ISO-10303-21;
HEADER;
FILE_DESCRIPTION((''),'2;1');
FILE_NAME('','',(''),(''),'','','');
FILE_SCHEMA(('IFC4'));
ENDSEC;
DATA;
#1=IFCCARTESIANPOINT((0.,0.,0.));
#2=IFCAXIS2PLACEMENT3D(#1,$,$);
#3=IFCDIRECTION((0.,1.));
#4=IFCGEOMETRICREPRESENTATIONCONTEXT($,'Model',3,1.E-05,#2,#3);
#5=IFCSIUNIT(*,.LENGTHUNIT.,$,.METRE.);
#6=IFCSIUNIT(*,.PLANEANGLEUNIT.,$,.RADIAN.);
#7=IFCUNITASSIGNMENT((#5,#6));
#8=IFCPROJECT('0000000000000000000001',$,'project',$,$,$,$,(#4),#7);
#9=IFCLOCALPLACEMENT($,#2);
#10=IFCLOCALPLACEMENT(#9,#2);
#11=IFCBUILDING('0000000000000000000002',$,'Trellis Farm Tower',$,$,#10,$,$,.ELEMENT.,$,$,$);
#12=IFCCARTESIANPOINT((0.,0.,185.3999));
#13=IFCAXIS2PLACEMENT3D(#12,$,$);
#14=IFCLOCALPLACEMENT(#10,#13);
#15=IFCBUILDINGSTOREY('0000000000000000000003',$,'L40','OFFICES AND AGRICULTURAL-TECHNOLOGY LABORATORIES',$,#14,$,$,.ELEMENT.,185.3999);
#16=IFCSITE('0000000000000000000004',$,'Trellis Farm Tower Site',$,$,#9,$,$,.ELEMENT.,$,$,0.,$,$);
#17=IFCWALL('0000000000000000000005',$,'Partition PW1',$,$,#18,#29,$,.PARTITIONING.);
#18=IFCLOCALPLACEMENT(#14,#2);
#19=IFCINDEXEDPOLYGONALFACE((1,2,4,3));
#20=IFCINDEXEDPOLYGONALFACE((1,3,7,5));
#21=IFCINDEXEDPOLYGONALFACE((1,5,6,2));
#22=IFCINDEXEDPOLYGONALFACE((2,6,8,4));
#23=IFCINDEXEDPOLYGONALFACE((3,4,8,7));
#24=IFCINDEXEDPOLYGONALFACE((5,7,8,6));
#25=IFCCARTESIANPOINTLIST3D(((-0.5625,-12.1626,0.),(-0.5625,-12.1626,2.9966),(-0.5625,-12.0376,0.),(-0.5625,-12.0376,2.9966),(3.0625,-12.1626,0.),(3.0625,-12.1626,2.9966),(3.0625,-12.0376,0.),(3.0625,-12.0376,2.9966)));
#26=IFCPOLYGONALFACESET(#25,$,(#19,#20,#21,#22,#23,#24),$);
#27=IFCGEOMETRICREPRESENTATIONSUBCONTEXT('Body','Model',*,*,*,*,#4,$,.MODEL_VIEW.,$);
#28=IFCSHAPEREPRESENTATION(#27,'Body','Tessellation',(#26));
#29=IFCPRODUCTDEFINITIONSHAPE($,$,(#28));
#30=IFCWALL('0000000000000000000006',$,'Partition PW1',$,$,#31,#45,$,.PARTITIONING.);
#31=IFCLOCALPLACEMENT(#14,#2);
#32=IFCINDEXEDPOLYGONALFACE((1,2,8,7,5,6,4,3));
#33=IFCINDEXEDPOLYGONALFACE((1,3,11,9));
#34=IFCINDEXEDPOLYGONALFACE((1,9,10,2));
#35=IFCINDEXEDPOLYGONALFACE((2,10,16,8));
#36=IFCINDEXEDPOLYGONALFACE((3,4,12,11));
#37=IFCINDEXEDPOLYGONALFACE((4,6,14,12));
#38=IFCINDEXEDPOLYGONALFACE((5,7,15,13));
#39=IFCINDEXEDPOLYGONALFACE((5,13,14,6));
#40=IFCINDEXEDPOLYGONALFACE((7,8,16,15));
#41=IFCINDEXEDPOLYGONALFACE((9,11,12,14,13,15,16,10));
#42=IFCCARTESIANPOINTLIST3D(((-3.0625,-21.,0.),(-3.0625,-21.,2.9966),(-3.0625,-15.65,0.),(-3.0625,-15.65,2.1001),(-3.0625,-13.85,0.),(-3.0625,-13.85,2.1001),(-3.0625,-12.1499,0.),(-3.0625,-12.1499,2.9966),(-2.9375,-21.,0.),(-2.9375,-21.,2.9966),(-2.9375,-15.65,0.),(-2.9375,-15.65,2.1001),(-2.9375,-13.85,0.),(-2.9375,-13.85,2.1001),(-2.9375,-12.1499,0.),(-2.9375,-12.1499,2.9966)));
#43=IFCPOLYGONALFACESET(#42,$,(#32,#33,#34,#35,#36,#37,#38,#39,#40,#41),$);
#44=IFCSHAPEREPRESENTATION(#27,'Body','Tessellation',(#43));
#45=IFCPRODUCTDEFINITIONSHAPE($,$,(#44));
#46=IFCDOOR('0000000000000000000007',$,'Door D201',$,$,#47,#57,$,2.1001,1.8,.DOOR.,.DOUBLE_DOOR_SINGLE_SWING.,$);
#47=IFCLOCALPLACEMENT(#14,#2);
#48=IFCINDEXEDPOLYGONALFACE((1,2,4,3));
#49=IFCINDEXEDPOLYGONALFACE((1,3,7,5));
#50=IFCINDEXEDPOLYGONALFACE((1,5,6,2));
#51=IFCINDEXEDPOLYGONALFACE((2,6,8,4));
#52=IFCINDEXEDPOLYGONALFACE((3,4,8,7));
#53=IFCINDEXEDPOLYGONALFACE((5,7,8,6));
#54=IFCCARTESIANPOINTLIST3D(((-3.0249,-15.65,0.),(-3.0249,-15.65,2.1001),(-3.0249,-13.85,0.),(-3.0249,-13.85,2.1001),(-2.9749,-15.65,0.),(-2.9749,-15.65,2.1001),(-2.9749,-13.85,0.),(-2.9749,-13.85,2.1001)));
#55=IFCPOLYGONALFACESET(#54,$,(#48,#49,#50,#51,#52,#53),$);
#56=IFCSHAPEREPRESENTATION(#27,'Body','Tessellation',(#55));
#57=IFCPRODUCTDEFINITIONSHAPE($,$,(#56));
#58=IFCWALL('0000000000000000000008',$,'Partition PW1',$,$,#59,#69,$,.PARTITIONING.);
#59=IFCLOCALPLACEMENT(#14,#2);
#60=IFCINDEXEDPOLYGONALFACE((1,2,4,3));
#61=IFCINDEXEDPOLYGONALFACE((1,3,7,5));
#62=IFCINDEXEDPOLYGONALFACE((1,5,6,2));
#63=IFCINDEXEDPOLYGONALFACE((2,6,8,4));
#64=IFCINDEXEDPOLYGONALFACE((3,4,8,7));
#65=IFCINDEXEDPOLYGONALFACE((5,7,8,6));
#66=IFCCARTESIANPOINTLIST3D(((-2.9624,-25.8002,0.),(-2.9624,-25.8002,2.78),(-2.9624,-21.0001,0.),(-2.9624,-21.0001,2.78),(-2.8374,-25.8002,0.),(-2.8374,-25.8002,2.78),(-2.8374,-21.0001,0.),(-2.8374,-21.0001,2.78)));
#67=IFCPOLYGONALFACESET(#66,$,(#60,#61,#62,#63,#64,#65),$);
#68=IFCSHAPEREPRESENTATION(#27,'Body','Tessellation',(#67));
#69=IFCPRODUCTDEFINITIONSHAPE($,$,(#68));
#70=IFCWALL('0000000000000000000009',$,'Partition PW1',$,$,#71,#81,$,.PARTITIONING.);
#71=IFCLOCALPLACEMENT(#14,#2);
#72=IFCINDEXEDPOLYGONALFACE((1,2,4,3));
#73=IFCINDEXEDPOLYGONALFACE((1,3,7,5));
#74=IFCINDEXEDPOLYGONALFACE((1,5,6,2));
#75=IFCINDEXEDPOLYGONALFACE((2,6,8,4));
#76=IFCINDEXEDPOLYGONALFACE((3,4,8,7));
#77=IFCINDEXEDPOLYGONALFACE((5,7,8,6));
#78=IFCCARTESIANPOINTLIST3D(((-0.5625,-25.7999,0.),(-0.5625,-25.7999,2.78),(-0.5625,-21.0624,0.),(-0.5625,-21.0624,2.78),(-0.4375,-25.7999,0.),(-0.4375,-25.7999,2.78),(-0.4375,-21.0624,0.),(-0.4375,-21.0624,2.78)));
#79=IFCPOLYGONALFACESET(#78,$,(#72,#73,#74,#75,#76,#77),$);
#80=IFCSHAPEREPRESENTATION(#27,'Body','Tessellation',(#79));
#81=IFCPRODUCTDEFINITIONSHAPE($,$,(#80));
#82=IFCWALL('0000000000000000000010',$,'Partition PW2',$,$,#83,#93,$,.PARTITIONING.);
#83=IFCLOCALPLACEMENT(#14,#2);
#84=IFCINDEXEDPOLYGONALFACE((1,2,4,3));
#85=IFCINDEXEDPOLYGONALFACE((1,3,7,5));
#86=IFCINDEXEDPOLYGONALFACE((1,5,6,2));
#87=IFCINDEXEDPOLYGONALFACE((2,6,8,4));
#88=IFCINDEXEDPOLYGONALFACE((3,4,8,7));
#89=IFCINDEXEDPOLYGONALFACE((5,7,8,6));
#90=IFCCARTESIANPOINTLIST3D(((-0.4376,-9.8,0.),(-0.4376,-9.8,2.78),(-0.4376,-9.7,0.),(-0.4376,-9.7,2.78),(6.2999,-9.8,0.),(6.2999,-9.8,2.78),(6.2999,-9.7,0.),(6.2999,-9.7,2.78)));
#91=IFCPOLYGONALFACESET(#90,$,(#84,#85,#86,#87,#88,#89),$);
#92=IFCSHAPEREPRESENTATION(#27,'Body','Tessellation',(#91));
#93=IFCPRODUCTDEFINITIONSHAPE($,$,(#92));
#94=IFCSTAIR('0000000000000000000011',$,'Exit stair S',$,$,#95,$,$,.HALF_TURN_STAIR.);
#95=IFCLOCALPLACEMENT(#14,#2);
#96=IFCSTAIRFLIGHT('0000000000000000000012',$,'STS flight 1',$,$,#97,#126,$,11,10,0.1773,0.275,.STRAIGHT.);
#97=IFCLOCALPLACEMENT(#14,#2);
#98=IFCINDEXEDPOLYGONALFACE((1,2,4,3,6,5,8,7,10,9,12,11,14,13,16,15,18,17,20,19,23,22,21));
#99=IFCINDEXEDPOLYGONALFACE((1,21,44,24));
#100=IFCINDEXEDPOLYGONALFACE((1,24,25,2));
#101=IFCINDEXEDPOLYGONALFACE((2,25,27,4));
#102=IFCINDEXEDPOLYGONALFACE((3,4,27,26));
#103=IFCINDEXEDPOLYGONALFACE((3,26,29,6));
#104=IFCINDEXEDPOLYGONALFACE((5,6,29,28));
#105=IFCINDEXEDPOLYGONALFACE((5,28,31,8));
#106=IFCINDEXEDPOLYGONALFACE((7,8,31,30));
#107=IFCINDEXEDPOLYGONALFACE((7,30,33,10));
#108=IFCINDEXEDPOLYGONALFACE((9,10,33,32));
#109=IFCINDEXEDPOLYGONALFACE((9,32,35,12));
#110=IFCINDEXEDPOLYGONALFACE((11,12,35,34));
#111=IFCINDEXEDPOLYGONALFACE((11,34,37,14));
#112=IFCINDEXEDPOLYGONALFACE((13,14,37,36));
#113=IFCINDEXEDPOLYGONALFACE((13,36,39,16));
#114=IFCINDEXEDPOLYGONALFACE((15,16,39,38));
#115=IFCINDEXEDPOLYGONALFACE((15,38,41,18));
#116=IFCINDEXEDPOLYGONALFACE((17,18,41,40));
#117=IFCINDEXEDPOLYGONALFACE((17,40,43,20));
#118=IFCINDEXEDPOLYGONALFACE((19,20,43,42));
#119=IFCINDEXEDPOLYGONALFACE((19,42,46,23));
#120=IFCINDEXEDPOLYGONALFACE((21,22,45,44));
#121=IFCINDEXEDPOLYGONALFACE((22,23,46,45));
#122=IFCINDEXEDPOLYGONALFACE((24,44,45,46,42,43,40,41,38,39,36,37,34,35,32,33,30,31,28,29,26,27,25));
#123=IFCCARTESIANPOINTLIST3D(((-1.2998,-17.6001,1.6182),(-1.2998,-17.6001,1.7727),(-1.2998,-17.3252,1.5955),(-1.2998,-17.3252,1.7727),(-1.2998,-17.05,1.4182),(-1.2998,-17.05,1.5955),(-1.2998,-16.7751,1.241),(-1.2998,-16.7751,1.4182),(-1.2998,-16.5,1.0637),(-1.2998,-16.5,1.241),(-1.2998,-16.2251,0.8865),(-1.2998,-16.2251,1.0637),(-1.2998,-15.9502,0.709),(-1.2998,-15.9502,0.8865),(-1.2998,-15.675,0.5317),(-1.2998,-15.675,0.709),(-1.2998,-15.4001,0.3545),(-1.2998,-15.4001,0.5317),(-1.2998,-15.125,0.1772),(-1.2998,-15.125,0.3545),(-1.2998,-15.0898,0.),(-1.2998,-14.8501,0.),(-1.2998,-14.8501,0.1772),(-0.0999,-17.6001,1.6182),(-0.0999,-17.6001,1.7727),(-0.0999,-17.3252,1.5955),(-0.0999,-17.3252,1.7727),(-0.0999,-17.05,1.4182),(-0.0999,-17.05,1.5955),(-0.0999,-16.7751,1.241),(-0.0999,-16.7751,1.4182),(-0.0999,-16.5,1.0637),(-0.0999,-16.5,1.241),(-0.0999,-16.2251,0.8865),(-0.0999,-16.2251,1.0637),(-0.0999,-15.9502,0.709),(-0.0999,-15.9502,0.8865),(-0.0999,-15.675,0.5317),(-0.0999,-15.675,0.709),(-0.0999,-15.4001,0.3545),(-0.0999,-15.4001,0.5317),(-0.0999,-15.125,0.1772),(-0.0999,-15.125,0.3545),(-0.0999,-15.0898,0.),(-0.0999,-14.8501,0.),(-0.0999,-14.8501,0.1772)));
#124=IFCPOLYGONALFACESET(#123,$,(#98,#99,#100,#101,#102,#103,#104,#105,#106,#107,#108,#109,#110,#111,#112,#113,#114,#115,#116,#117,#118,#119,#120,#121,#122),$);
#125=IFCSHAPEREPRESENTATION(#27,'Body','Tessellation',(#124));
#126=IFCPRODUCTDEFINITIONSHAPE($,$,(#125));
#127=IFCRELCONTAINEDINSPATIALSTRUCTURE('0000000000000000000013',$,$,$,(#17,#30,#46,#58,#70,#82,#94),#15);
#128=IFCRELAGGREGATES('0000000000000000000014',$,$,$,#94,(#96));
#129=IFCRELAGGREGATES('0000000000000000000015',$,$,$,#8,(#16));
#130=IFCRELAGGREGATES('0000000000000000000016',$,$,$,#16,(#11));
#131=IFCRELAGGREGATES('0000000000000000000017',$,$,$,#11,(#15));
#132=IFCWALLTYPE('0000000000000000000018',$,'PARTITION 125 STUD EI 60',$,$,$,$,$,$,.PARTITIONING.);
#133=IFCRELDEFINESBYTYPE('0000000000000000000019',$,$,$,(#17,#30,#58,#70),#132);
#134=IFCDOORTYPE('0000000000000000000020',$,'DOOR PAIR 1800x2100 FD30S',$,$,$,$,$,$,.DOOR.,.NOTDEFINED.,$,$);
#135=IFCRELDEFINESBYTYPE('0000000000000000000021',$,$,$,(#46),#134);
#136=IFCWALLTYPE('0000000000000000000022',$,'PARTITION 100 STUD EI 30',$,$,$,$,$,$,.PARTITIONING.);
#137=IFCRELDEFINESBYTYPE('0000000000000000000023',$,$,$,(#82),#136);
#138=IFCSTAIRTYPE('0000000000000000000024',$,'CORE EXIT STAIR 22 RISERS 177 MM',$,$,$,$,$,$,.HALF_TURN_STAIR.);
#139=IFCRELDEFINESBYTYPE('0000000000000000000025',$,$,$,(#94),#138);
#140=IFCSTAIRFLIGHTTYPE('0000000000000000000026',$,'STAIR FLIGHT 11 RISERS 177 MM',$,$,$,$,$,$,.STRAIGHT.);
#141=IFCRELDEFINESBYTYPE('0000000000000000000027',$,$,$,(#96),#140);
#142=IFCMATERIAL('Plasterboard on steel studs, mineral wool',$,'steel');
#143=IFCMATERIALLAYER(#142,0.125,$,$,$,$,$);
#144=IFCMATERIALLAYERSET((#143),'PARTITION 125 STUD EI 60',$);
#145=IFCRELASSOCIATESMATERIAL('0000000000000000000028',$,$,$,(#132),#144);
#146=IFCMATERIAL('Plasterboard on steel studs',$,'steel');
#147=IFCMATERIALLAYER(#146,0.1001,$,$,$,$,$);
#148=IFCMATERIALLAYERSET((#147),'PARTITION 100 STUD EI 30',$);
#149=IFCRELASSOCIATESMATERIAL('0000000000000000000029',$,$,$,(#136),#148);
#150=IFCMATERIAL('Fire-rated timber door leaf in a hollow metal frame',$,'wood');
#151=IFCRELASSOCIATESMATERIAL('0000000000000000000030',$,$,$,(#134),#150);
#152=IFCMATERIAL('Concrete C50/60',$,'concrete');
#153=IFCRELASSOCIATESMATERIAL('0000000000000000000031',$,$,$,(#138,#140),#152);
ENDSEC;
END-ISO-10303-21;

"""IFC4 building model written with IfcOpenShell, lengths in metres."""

from ifc_helpers import new_model, si_unit, direction, frame, frame_2d, origin, place, context, subcontext, project, spatial, polyline, rectangle, outline, extrude, source, transform, mapped, material, layer, layer_set, type_object, element, fill, aggregate, save


model = new_model("IFC4")

# Units and contexts
model_context = context("Model", 3, precision=1e-05, world=origin(), true_north=direction((0.0, 1.0)))
body_context = subcontext(model_context, "Body", "Model", "MODEL_VIEW")
ifc_project = project(units=[si_unit("LENGTHUNIT", "METRE"), si_unit("PLANEANGLEUNIT", "RADIAN")], contexts=[model_context])

# Site, building, storey
site_placement = place(None, origin())
site = spatial("IfcSite", under=ifc_project, at=site_placement, Name="Trellis Farm Tower Site", CompositionType="ELEMENT", RefElevation=0.0)
building_placement = place(site_placement, origin())
building = spatial("IfcBuilding", under=site, at=building_placement, Name="Trellis Farm Tower", CompositionType="ELEMENT")
storey_placement = place(building_placement, frame((0.0, 0.0, 185.3999)))
storey = spatial("IfcBuildingStorey", under=building, at=storey_placement, Name="L40", Description="OFFICES AND AGRICULTURAL-TECHNOLOGY LABORATORIES", CompositionType="ELEMENT", Elevation=185.3999)

# Shared definitions
placement = place(storey_placement, origin())

# Shared definitions
ifc_material_1 = material(Name="Plasterboard on steel studs, mineral wool", Category="steel")
ifc_layer_1 = layer(ifc_material_1, 0.125)
ifc_layer_set_1 = layer_set([ifc_layer_1], Name="PARTITION 125 STUD EI 60")
wall_type_1 = type_object("IfcWallType", Name="PARTITION 125 STUD EI 60", PredefinedType="PARTITIONING", material=ifc_layer_set_1)
ifc_material_2 = material(Name="Fire-rated timber door leaf in a hollow metal frame", Category="wood")

# Wall
ifc_material_3 = material(Name="Plasterboard on steel studs", Category="steel")
ifc_layer_2 = layer(ifc_material_3, 0.1001)
ifc_layer_set_2 = layer_set([ifc_layer_2], Name="PARTITION 100 STUD EI 30")
wall_type_2 = type_object("IfcWallType", Name="PARTITION 100 STUD EI 30", PredefinedType="PARTITIONING", material=ifc_layer_set_2)
shared_shape_1 = source(origin(), body_context, "Body", "SweptSolid", [
    extrude(rectangle(XDim=3.625, YDim=0.125, at=frame_2d((1.8125, 0.0))), origin(), (0.0, 0.0, 1.0), 2.9966),
])
wall_1_placement = place(storey_placement, frame((-0.5625, -12.1001, 0.0), z_axis=(0.0, 0.0, 1.0), x_axis=(1.0, 0.0, 0.0)))
element("IfcWall", 1, at=wall_1_placement, inside=storey, type_object=wall_type_1, Name="Partition PW1", PredefinedType="PARTITIONING", context=body_context, shape_type="MappedRepresentation", body=[
    mapped(shared_shape_1, transform((0.0, 0.0, 0.0))),
])

# Wall, opening, door
shared_shape_2 = source(origin(), body_context, "Body", "SweptSolid", [
    extrude(rectangle(XDim=8.8501, YDim=0.125, at=frame_2d((4.425, 0.0))), origin(), (0.0, 0.0, 1.0), 2.9966),
])
wall_2_placement = place(storey_placement, frame((-3.0, -21.0, 0.0), z_axis=(0.0, 0.0, 1.0), x_axis=(0.0, 1.0, 0.0)))
wall_2 = element("IfcWall", 2, at=wall_2_placement, inside=storey, type_object=wall_type_1, Name="Partition PW1", PredefinedType="PARTITIONING", context=body_context, shape_type="MappedRepresentation", body=[
    mapped(shared_shape_2, transform((0.0, 0.0, 0.0))),
])
shared_shape_3 = source(origin(), body_context, "Body", "SweptSolid", [
    extrude(rectangle(XDim=1.8, YDim=2.1001, at=frame_2d((0.8999, 1.05))), frame((0.0, 0.0725, 0.0), z_axis=(0.0, -1.0, 0.0), x_axis=(1.0, 0.0, 0.0)), (0.0, 0.0, 1.0), 0.145),
])
opening_1_placement = place(wall_2_placement, frame((5.3501, 0.0, 0.0)))
opening_1 = element("IfcOpeningElement", 3, at=opening_1_placement, cuts=wall_2, PredefinedType="OPENING", context=body_context, shape_type="MappedRepresentation", body=[
    mapped(shared_shape_3, transform((0.0, 0.0, 0.0))),
])
door_type_1 = type_object("IfcDoorType", Name="DOOR PAIR 1800x2100 FD30S", OperationType="NOTDEFINED", PredefinedType="DOOR", material=ifc_material_2)
shared_shape_4 = source(origin(), body_context, "Body", "SweptSolid", [
    extrude(rectangle(XDim=1.8, YDim=2.1001, at=frame_2d((0.8999, 1.05))), frame((0.0, 0.0249, 0.0), z_axis=(0.0, -1.0, 0.0), x_axis=(1.0, 0.0, 0.0)), (0.0, 0.0, 1.0), 0.05),
])
door_1_placement = place(opening_1_placement, origin())
door_1 = element("IfcDoor", 4, at=door_1_placement, inside=storey, type_object=door_type_1, Name="Door D201", OperationType="DOUBLE_DOOR_SINGLE_SWING", OverallHeight=2.1001, OverallWidth=1.8, PredefinedType="DOOR", context=body_context, shape_type="MappedRepresentation", body=[
    mapped(shared_shape_4, transform((0.0, 0.0, 0.0))),
])
fill(opening_1, door_1)

# Walls
shared_shape_5 = source(origin(), body_context, "Body", "SweptSolid", [
    extrude(rectangle(XDim=4.8, YDim=0.125, at=frame_2d((2.3999, 0.0))), origin(), (0.0, 0.0, 1.0), 2.78),
])
wall_3_placement = place(storey_placement, frame((-2.8999, -25.8, 0.0), z_axis=(0.0, 0.0, 1.0), x_axis=(0.0, 1.0, 0.0)))
element("IfcWall", 5, at=wall_3_placement, inside=storey, type_object=wall_type_1, Name="Partition PW1", PredefinedType="PARTITIONING", context=body_context, shape_type="MappedRepresentation", body=[
    mapped(shared_shape_5, transform((0.0, 0.0, 0.0))),
])
shared_shape_6 = source(origin(), body_context, "Body", "SweptSolid", [
    extrude(rectangle(XDim=4.7375, YDim=0.125, at=frame_2d((2.3687, 0.0))), origin(), (0.0, 0.0, 1.0), 2.78),
])
wall_4_placement = place(storey_placement, frame((-0.5, -21.0625, 0.0), z_axis=(0.0, 0.0, 1.0), x_axis=(0.0, -1.0, 0.0)))
element("IfcWall", 6, at=wall_4_placement, inside=storey, type_object=wall_type_1, Name="Partition PW1", PredefinedType="PARTITIONING", context=body_context, shape_type="MappedRepresentation", body=[
    mapped(shared_shape_6, transform((0.0, 0.0, 0.0))),
])
shared_shape_7 = source(origin(), body_context, "Body", "SweptSolid", [
    extrude(rectangle(XDim=6.7375, YDim=0.1001, at=frame_2d((3.3687, 0.0))), origin(), (0.0, 0.0, 1.0), 2.78),
])
wall_5_placement = place(storey_placement, frame((-0.4375, -9.75, 0.0), z_axis=(0.0, 0.0, 1.0), x_axis=(1.0, 0.0, 0.0)))
element("IfcWall", 7, at=wall_5_placement, inside=storey, type_object=wall_type_2, Name="Partition PW2", PredefinedType="PARTITIONING", context=body_context, shape_type="MappedRepresentation", body=[
    mapped(shared_shape_7, transform((0.0, 0.0, 0.0))),
])

# Stair, stair flight
ifc_material_4 = material(Name="Concrete C50/60", Category="concrete")
stair_type = type_object("IfcStairType", Name="CORE EXIT STAIR 22 RISERS 177 MM", PredefinedType="HALF_TURN_STAIR", material=ifc_material_4)
stair = element("IfcStair", 8, at=placement, inside=storey, type_object=stair_type, Name="Exit stair S", PredefinedType="HALF_TURN_STAIR")
stair_flight_type = type_object("IfcStairFlightType", Name="STAIR FLIGHT 11 RISERS 177 MM", PredefinedType="STRAIGHT", material=ifc_material_4)
shared_shape_8 = source(origin(), body_context, "Body", "SweptSolid", [
    extrude(outline(polyline([(0.0, 0.0), (0.0, 0.1772), (0.2749, 0.1772), (0.2749, 0.3545), (0.55, 0.3545), (0.55, 0.5317), (0.825, 0.5317), (0.825, 0.709), (1.1001, 0.709), (1.1001, 0.8865), (1.375, 0.8865), (1.375, 1.0637), (1.6499, 1.0637), (1.6499, 1.241), (1.925, 1.241), (1.925, 1.4182), (2.2, 1.4182), (2.2, 1.5955), (2.4751, 1.5955), (2.4751, 1.7727), (2.75, 1.7727), (2.75, 1.95), (2.75, 1.6182), (0.2397, 0.0), (0.0, 0.0)])), frame((0.0, 0.6001, 0.0), z_axis=(0.0, -1.0, 0.0), x_axis=(1.0, 0.0, 0.0)), (0.0, 0.0, 1.0), 1.2),
])
stair_flight_placement = place(storey_placement, frame((-0.7, -14.8501, 0.0), z_axis=(0.0, 0.0, 1.0), x_axis=(0.0, -1.0, 0.0)))
stair_flight = element("IfcStairFlight", 9, at=stair_flight_placement, type_object=stair_flight_type, Name="STS flight 1", NumberOfRisers=11, NumberOfTreads=10, PredefinedType="STRAIGHT", RiserHeight=0.1773, TreadLength=0.275, context=body_context, shape_type="MappedRepresentation", body=[
    mapped(shared_shape_8, transform((0.0, 0.0, 0.0))),
])
aggregate(stair, [stair_flight])

save(model, "model.ifc")
